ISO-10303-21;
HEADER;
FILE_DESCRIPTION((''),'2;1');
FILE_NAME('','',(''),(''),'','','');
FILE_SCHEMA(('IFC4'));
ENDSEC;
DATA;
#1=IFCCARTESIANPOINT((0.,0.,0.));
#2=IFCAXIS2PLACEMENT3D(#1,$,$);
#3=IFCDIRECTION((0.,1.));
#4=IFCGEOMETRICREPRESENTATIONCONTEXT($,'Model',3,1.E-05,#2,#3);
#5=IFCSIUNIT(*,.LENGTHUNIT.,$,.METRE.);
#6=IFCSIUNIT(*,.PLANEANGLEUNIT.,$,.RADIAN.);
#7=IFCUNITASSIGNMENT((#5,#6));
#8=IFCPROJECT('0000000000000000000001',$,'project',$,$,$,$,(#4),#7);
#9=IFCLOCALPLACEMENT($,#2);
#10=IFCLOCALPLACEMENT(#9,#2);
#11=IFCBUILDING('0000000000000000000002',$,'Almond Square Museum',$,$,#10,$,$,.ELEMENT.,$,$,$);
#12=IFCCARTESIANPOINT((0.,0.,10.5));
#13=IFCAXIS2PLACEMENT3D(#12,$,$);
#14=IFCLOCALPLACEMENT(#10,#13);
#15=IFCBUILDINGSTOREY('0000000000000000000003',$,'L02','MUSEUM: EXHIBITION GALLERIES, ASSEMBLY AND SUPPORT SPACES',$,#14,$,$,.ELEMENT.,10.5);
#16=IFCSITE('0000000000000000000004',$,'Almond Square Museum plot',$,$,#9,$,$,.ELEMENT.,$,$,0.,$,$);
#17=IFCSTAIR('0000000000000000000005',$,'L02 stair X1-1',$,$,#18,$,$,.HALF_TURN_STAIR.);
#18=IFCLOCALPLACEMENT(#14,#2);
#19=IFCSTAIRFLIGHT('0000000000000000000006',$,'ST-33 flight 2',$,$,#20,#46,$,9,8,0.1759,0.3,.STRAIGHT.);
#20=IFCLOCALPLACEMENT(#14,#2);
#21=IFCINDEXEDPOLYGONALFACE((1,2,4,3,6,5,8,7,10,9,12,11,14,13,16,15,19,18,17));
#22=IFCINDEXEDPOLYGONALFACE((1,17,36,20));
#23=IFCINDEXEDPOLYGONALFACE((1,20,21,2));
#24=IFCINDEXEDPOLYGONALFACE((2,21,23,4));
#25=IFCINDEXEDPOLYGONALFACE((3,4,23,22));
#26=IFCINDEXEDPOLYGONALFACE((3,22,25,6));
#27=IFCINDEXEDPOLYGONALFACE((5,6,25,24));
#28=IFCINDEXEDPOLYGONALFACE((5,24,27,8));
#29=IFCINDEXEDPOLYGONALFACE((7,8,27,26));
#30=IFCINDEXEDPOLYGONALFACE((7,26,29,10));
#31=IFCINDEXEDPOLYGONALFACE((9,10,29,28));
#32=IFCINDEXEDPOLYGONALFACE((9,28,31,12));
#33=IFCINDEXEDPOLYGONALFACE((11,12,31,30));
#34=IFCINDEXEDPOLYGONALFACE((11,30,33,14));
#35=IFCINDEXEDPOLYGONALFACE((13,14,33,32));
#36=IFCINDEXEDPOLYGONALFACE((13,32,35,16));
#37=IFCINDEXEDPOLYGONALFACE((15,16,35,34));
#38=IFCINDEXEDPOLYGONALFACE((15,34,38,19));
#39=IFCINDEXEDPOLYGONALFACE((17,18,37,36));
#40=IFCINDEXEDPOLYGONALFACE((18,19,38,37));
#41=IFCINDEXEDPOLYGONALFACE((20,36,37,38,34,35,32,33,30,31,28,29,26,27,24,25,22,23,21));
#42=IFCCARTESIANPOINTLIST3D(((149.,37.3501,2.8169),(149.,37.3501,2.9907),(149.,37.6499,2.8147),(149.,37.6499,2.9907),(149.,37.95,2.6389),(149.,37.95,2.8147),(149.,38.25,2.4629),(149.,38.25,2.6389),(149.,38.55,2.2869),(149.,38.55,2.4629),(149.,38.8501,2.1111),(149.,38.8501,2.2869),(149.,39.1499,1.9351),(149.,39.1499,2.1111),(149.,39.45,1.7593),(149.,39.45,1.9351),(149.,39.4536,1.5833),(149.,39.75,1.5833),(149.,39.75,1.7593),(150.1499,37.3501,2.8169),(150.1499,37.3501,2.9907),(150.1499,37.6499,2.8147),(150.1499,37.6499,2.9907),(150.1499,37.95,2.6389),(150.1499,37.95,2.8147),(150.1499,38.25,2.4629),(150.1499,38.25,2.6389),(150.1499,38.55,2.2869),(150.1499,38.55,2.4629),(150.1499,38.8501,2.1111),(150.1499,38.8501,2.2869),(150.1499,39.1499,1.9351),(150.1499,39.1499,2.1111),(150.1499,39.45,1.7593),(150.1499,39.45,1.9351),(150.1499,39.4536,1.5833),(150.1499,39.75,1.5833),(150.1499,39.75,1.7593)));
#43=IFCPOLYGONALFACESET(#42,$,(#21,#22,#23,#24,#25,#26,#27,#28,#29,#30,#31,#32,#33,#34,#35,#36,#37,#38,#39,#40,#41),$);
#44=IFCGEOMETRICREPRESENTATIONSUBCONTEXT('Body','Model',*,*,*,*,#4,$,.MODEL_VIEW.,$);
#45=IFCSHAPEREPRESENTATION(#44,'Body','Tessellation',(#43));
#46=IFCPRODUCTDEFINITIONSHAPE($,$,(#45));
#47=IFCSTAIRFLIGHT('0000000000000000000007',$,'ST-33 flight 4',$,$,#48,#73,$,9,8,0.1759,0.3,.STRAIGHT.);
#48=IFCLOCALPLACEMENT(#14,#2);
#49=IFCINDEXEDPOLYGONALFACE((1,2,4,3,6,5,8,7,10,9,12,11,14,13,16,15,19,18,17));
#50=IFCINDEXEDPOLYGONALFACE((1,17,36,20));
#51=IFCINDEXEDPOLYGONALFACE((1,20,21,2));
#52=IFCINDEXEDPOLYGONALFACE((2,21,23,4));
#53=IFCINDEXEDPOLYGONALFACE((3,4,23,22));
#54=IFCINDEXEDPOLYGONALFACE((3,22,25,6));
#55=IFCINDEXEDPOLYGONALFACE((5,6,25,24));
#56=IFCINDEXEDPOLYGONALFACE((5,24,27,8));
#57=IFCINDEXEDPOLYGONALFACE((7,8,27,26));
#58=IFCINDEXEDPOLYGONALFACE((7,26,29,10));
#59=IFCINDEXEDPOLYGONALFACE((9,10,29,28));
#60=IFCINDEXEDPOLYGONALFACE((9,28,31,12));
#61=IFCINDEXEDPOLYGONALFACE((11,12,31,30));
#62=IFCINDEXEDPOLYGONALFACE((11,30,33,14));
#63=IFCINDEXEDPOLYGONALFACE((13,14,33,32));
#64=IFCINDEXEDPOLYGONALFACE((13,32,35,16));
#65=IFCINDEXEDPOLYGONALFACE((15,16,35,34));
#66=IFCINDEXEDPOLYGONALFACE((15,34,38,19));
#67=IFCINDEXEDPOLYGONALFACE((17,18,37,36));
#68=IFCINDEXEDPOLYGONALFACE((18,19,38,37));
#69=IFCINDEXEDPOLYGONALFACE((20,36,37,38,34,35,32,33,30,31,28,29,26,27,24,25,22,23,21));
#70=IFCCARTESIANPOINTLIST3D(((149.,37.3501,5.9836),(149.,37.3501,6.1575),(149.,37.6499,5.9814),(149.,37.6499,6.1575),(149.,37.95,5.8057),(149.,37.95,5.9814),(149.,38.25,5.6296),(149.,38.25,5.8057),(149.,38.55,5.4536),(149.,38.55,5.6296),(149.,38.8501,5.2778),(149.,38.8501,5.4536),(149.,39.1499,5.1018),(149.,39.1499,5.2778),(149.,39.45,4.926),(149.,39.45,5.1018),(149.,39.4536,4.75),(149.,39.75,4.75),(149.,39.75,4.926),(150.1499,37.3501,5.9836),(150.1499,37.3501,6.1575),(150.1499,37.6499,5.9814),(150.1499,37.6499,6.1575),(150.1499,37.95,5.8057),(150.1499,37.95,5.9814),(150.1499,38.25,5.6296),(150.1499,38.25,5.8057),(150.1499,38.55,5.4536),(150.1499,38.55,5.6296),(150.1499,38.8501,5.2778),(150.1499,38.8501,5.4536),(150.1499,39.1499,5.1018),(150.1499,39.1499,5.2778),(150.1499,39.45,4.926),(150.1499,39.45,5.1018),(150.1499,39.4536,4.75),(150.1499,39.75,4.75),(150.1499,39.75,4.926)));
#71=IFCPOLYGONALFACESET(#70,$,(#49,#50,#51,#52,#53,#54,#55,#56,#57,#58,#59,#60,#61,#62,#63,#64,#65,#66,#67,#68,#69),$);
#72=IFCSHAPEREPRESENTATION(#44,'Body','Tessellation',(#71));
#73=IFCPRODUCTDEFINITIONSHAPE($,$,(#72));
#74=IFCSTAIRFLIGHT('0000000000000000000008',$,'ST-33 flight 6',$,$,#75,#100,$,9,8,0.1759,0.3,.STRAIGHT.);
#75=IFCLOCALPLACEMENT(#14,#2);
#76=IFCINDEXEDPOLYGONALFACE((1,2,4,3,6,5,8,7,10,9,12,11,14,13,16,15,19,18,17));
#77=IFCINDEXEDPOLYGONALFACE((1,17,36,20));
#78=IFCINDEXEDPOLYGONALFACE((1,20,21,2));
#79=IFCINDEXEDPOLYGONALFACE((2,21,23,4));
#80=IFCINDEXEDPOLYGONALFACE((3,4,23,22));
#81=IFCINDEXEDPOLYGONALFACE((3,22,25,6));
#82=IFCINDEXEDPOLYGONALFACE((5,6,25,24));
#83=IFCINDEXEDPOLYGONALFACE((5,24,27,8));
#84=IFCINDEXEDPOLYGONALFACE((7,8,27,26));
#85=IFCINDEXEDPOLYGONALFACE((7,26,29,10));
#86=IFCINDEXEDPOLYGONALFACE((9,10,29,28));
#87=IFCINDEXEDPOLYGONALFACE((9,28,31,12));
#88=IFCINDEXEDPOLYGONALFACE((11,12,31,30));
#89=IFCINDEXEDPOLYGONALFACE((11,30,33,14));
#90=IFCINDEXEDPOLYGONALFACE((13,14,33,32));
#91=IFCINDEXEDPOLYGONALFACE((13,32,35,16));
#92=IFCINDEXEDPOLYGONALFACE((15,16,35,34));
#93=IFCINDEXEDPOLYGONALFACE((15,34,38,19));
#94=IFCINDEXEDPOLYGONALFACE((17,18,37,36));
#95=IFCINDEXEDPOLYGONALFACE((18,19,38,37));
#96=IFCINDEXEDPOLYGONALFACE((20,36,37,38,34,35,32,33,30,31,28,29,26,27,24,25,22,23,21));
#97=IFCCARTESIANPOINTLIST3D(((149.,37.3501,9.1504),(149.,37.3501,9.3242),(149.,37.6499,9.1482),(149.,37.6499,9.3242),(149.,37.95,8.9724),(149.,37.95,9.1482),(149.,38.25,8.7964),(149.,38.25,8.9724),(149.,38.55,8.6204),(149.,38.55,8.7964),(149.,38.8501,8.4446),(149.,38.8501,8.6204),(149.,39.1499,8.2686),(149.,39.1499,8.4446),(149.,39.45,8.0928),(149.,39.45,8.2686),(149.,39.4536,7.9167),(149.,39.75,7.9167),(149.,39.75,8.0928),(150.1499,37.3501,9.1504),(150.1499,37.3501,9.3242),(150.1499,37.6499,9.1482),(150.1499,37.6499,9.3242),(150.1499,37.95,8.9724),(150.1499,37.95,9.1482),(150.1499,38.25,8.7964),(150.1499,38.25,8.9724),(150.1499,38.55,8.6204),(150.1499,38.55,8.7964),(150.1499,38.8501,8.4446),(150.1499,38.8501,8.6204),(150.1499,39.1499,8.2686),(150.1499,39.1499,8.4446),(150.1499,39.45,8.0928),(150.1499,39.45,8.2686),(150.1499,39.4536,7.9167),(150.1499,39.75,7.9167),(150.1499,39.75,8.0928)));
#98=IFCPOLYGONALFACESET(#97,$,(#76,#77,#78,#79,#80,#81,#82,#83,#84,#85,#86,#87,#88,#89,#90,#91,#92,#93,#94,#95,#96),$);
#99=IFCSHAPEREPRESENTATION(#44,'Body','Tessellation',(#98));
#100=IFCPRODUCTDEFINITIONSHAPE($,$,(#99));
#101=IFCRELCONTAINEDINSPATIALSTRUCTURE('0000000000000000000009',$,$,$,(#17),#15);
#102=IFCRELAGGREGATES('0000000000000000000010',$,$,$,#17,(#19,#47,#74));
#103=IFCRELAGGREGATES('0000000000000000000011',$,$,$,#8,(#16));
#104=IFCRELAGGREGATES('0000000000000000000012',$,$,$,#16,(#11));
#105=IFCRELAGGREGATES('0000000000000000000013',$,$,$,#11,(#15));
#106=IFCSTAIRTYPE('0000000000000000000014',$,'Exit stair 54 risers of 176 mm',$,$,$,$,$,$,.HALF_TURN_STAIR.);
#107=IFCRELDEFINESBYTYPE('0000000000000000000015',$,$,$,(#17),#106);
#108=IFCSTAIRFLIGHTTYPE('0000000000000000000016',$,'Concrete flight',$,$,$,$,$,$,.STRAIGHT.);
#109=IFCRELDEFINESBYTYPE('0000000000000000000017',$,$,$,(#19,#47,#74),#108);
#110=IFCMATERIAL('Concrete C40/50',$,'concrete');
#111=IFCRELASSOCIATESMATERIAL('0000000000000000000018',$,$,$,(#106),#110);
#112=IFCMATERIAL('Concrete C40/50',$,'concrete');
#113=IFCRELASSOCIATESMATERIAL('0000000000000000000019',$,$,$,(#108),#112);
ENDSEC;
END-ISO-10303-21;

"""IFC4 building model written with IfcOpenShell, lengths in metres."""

from ifc_helpers import new_model, si_unit, direction, frame, origin, place, context, subcontext, project, spatial, polyline, outline, extrude, material, type_object, element, aggregate, save


model = new_model("IFC4")

# Units and contexts
model_context = context("Model", 3, precision=1e-05, world=origin(), true_north=direction((0.0, 1.0)))
body_context = subcontext(model_context, "Body", "Model", "MODEL_VIEW")
ifc_project = project(units=[si_unit("LENGTHUNIT", "METRE"), si_unit("PLANEANGLEUNIT", "RADIAN")], contexts=[model_context])

# Site, building, storey
site_placement = place(None, origin())
site = spatial("IfcSite", under=ifc_project, at=site_placement, Name="Almond Square Museum plot", CompositionType="ELEMENT", RefElevation=0.0)
building_placement = place(site_placement, origin())
building = spatial("IfcBuilding", under=site, at=building_placement, Name="Almond Square Museum", CompositionType="ELEMENT")
storey_placement = place(building_placement, frame((0.0, 0.0, 10.5)))
storey = spatial("IfcBuildingStorey", under=building, at=storey_placement, Name="L02", Description="MUSEUM: EXHIBITION GALLERIES, ASSEMBLY AND SUPPORT SPACES", CompositionType="ELEMENT", Elevation=10.5)

# Stair, stair flights
ifc_material_1 = material(Name="Concrete C40/50", Category="concrete")
stair_type = type_object("IfcStairType", Name="Exit stair 54 risers of 176 mm", PredefinedType="HALF_TURN_STAIR", material=ifc_material_1)
stair_placement = place(storey_placement, origin())
stair = element("IfcStair", 1, at=stair_placement, inside=storey, type_object=stair_type, Name="L02 stair X1-1", PredefinedType="HALF_TURN_STAIR")
ifc_material_2 = material(Name="Concrete C40/50", Category="concrete")
stair_flight_type = type_object("IfcStairFlightType", Name="Concrete flight", PredefinedType="STRAIGHT", material=ifc_material_2)
stair_flight_1_placement = place(storey_placement, frame((149.575, 39.75, 1.5833), z_axis=(0.0, 0.0, 1.0), x_axis=(0.0, -1.0, 0.0)))
stair_flight_1 = element("IfcStairFlight", 2, at=stair_flight_1_placement, type_object=stair_flight_type, Name="ST-33 flight 2", NumberOfRisers=9, NumberOfTreads=8, PredefinedType="STRAIGHT", RiserHeight=0.1759, TreadLength=0.3, context=body_context, shape_type="SweptSolid", body=[
    extrude(outline(polyline([(0.0, 0.0), (0.0, 0.176), (0.3, 0.176), (0.3, 0.3518), (0.6001, 0.3518), (0.6001, 0.5278), (0.8999, 0.5278), (0.8999, 0.7036), (1.2, 0.7036), (1.2, 0.8796), (1.5, 0.8796), (1.5, 1.0557), (1.8, 1.0557), (1.8, 1.2314), (2.1001, 1.2314), (2.1001, 1.4075), (2.3999, 1.4075), (2.3999, 1.5833), (2.3999, 1.2336), (0.2964, 0.0), (0.0, 0.0)])), frame((0.0, 0.575, 0.0), z_axis=(0.0, -1.0, 0.0), x_axis=(1.0, 0.0, 0.0)), (0.0, 0.0, 1.0), 1.1499),
])
stair_flight_2_placement = place(storey_placement, frame((149.575, 39.75, 4.75), z_axis=(0.0, 0.0, 1.0), x_axis=(0.0, -1.0, 0.0)))
stair_flight_2 = element("IfcStairFlight", 3, at=stair_flight_2_placement, type_object=stair_flight_type, Name="ST-33 flight 4", NumberOfRisers=9, NumberOfTreads=8, PredefinedType="STRAIGHT", RiserHeight=0.1759, TreadLength=0.3, context=body_context, shape_type="SweptSolid", body=[
    extrude(outline(polyline([(0.0, 0.0), (0.0, 0.176), (0.3, 0.176), (0.3, 0.3518), (0.6001, 0.3518), (0.6001, 0.5278), (0.8999, 0.5278), (0.8999, 0.7036), (1.2, 0.7036), (1.2, 0.8796), (1.5, 0.8796), (1.5, 1.0557), (1.8, 1.0557), (1.8, 1.2314), (2.1001, 1.2314), (2.1001, 1.4075), (2.3999, 1.4075), (2.3999, 1.5833), (2.3999, 1.2336), (0.2964, 0.0), (0.0, 0.0)])), frame((0.0, 0.575, 0.0), z_axis=(0.0, -1.0, 0.0), x_axis=(1.0, 0.0, 0.0)), (0.0, 0.0, 1.0), 1.1499),
])
stair_flight_3_placement = place(storey_placement, frame((149.575, 39.75, 7.9167), z_axis=(0.0, 0.0, 1.0), x_axis=(0.0, -1.0, 0.0)))
stair_flight_3 = element("IfcStairFlight", 4, at=stair_flight_3_placement, type_object=stair_flight_type, Name="ST-33 flight 6", NumberOfRisers=9, NumberOfTreads=8, PredefinedType="STRAIGHT", RiserHeight=0.1759, TreadLength=0.3, context=body_context, shape_type="SweptSolid", body=[
    extrude(outline(polyline([(0.0, 0.0), (0.0, 0.176), (0.3, 0.176), (0.3, 0.3518), (0.6001, 0.3518), (0.6001, 0.5278), (0.8999, 0.5278), (0.8999, 0.7036), (1.2, 0.7036), (1.2, 0.8796), (1.5, 0.8796), (1.5, 1.0557), (1.8, 1.0557), (1.8, 1.2314), (2.1001, 1.2314), (2.1001, 1.4075), (2.3999, 1.4075), (2.3999, 1.5833), (2.3999, 1.2336), (0.2964, 0.0), (0.0, 0.0)])), frame((0.0, 0.575, 0.0), z_axis=(0.0, -1.0, 0.0), x_axis=(1.0, 0.0, 0.0)), (0.0, 0.0, 1.0), 1.1499),
])
aggregate(stair, [stair_flight_1, stair_flight_2, stair_flight_3])

save(model, "model.ifc")
